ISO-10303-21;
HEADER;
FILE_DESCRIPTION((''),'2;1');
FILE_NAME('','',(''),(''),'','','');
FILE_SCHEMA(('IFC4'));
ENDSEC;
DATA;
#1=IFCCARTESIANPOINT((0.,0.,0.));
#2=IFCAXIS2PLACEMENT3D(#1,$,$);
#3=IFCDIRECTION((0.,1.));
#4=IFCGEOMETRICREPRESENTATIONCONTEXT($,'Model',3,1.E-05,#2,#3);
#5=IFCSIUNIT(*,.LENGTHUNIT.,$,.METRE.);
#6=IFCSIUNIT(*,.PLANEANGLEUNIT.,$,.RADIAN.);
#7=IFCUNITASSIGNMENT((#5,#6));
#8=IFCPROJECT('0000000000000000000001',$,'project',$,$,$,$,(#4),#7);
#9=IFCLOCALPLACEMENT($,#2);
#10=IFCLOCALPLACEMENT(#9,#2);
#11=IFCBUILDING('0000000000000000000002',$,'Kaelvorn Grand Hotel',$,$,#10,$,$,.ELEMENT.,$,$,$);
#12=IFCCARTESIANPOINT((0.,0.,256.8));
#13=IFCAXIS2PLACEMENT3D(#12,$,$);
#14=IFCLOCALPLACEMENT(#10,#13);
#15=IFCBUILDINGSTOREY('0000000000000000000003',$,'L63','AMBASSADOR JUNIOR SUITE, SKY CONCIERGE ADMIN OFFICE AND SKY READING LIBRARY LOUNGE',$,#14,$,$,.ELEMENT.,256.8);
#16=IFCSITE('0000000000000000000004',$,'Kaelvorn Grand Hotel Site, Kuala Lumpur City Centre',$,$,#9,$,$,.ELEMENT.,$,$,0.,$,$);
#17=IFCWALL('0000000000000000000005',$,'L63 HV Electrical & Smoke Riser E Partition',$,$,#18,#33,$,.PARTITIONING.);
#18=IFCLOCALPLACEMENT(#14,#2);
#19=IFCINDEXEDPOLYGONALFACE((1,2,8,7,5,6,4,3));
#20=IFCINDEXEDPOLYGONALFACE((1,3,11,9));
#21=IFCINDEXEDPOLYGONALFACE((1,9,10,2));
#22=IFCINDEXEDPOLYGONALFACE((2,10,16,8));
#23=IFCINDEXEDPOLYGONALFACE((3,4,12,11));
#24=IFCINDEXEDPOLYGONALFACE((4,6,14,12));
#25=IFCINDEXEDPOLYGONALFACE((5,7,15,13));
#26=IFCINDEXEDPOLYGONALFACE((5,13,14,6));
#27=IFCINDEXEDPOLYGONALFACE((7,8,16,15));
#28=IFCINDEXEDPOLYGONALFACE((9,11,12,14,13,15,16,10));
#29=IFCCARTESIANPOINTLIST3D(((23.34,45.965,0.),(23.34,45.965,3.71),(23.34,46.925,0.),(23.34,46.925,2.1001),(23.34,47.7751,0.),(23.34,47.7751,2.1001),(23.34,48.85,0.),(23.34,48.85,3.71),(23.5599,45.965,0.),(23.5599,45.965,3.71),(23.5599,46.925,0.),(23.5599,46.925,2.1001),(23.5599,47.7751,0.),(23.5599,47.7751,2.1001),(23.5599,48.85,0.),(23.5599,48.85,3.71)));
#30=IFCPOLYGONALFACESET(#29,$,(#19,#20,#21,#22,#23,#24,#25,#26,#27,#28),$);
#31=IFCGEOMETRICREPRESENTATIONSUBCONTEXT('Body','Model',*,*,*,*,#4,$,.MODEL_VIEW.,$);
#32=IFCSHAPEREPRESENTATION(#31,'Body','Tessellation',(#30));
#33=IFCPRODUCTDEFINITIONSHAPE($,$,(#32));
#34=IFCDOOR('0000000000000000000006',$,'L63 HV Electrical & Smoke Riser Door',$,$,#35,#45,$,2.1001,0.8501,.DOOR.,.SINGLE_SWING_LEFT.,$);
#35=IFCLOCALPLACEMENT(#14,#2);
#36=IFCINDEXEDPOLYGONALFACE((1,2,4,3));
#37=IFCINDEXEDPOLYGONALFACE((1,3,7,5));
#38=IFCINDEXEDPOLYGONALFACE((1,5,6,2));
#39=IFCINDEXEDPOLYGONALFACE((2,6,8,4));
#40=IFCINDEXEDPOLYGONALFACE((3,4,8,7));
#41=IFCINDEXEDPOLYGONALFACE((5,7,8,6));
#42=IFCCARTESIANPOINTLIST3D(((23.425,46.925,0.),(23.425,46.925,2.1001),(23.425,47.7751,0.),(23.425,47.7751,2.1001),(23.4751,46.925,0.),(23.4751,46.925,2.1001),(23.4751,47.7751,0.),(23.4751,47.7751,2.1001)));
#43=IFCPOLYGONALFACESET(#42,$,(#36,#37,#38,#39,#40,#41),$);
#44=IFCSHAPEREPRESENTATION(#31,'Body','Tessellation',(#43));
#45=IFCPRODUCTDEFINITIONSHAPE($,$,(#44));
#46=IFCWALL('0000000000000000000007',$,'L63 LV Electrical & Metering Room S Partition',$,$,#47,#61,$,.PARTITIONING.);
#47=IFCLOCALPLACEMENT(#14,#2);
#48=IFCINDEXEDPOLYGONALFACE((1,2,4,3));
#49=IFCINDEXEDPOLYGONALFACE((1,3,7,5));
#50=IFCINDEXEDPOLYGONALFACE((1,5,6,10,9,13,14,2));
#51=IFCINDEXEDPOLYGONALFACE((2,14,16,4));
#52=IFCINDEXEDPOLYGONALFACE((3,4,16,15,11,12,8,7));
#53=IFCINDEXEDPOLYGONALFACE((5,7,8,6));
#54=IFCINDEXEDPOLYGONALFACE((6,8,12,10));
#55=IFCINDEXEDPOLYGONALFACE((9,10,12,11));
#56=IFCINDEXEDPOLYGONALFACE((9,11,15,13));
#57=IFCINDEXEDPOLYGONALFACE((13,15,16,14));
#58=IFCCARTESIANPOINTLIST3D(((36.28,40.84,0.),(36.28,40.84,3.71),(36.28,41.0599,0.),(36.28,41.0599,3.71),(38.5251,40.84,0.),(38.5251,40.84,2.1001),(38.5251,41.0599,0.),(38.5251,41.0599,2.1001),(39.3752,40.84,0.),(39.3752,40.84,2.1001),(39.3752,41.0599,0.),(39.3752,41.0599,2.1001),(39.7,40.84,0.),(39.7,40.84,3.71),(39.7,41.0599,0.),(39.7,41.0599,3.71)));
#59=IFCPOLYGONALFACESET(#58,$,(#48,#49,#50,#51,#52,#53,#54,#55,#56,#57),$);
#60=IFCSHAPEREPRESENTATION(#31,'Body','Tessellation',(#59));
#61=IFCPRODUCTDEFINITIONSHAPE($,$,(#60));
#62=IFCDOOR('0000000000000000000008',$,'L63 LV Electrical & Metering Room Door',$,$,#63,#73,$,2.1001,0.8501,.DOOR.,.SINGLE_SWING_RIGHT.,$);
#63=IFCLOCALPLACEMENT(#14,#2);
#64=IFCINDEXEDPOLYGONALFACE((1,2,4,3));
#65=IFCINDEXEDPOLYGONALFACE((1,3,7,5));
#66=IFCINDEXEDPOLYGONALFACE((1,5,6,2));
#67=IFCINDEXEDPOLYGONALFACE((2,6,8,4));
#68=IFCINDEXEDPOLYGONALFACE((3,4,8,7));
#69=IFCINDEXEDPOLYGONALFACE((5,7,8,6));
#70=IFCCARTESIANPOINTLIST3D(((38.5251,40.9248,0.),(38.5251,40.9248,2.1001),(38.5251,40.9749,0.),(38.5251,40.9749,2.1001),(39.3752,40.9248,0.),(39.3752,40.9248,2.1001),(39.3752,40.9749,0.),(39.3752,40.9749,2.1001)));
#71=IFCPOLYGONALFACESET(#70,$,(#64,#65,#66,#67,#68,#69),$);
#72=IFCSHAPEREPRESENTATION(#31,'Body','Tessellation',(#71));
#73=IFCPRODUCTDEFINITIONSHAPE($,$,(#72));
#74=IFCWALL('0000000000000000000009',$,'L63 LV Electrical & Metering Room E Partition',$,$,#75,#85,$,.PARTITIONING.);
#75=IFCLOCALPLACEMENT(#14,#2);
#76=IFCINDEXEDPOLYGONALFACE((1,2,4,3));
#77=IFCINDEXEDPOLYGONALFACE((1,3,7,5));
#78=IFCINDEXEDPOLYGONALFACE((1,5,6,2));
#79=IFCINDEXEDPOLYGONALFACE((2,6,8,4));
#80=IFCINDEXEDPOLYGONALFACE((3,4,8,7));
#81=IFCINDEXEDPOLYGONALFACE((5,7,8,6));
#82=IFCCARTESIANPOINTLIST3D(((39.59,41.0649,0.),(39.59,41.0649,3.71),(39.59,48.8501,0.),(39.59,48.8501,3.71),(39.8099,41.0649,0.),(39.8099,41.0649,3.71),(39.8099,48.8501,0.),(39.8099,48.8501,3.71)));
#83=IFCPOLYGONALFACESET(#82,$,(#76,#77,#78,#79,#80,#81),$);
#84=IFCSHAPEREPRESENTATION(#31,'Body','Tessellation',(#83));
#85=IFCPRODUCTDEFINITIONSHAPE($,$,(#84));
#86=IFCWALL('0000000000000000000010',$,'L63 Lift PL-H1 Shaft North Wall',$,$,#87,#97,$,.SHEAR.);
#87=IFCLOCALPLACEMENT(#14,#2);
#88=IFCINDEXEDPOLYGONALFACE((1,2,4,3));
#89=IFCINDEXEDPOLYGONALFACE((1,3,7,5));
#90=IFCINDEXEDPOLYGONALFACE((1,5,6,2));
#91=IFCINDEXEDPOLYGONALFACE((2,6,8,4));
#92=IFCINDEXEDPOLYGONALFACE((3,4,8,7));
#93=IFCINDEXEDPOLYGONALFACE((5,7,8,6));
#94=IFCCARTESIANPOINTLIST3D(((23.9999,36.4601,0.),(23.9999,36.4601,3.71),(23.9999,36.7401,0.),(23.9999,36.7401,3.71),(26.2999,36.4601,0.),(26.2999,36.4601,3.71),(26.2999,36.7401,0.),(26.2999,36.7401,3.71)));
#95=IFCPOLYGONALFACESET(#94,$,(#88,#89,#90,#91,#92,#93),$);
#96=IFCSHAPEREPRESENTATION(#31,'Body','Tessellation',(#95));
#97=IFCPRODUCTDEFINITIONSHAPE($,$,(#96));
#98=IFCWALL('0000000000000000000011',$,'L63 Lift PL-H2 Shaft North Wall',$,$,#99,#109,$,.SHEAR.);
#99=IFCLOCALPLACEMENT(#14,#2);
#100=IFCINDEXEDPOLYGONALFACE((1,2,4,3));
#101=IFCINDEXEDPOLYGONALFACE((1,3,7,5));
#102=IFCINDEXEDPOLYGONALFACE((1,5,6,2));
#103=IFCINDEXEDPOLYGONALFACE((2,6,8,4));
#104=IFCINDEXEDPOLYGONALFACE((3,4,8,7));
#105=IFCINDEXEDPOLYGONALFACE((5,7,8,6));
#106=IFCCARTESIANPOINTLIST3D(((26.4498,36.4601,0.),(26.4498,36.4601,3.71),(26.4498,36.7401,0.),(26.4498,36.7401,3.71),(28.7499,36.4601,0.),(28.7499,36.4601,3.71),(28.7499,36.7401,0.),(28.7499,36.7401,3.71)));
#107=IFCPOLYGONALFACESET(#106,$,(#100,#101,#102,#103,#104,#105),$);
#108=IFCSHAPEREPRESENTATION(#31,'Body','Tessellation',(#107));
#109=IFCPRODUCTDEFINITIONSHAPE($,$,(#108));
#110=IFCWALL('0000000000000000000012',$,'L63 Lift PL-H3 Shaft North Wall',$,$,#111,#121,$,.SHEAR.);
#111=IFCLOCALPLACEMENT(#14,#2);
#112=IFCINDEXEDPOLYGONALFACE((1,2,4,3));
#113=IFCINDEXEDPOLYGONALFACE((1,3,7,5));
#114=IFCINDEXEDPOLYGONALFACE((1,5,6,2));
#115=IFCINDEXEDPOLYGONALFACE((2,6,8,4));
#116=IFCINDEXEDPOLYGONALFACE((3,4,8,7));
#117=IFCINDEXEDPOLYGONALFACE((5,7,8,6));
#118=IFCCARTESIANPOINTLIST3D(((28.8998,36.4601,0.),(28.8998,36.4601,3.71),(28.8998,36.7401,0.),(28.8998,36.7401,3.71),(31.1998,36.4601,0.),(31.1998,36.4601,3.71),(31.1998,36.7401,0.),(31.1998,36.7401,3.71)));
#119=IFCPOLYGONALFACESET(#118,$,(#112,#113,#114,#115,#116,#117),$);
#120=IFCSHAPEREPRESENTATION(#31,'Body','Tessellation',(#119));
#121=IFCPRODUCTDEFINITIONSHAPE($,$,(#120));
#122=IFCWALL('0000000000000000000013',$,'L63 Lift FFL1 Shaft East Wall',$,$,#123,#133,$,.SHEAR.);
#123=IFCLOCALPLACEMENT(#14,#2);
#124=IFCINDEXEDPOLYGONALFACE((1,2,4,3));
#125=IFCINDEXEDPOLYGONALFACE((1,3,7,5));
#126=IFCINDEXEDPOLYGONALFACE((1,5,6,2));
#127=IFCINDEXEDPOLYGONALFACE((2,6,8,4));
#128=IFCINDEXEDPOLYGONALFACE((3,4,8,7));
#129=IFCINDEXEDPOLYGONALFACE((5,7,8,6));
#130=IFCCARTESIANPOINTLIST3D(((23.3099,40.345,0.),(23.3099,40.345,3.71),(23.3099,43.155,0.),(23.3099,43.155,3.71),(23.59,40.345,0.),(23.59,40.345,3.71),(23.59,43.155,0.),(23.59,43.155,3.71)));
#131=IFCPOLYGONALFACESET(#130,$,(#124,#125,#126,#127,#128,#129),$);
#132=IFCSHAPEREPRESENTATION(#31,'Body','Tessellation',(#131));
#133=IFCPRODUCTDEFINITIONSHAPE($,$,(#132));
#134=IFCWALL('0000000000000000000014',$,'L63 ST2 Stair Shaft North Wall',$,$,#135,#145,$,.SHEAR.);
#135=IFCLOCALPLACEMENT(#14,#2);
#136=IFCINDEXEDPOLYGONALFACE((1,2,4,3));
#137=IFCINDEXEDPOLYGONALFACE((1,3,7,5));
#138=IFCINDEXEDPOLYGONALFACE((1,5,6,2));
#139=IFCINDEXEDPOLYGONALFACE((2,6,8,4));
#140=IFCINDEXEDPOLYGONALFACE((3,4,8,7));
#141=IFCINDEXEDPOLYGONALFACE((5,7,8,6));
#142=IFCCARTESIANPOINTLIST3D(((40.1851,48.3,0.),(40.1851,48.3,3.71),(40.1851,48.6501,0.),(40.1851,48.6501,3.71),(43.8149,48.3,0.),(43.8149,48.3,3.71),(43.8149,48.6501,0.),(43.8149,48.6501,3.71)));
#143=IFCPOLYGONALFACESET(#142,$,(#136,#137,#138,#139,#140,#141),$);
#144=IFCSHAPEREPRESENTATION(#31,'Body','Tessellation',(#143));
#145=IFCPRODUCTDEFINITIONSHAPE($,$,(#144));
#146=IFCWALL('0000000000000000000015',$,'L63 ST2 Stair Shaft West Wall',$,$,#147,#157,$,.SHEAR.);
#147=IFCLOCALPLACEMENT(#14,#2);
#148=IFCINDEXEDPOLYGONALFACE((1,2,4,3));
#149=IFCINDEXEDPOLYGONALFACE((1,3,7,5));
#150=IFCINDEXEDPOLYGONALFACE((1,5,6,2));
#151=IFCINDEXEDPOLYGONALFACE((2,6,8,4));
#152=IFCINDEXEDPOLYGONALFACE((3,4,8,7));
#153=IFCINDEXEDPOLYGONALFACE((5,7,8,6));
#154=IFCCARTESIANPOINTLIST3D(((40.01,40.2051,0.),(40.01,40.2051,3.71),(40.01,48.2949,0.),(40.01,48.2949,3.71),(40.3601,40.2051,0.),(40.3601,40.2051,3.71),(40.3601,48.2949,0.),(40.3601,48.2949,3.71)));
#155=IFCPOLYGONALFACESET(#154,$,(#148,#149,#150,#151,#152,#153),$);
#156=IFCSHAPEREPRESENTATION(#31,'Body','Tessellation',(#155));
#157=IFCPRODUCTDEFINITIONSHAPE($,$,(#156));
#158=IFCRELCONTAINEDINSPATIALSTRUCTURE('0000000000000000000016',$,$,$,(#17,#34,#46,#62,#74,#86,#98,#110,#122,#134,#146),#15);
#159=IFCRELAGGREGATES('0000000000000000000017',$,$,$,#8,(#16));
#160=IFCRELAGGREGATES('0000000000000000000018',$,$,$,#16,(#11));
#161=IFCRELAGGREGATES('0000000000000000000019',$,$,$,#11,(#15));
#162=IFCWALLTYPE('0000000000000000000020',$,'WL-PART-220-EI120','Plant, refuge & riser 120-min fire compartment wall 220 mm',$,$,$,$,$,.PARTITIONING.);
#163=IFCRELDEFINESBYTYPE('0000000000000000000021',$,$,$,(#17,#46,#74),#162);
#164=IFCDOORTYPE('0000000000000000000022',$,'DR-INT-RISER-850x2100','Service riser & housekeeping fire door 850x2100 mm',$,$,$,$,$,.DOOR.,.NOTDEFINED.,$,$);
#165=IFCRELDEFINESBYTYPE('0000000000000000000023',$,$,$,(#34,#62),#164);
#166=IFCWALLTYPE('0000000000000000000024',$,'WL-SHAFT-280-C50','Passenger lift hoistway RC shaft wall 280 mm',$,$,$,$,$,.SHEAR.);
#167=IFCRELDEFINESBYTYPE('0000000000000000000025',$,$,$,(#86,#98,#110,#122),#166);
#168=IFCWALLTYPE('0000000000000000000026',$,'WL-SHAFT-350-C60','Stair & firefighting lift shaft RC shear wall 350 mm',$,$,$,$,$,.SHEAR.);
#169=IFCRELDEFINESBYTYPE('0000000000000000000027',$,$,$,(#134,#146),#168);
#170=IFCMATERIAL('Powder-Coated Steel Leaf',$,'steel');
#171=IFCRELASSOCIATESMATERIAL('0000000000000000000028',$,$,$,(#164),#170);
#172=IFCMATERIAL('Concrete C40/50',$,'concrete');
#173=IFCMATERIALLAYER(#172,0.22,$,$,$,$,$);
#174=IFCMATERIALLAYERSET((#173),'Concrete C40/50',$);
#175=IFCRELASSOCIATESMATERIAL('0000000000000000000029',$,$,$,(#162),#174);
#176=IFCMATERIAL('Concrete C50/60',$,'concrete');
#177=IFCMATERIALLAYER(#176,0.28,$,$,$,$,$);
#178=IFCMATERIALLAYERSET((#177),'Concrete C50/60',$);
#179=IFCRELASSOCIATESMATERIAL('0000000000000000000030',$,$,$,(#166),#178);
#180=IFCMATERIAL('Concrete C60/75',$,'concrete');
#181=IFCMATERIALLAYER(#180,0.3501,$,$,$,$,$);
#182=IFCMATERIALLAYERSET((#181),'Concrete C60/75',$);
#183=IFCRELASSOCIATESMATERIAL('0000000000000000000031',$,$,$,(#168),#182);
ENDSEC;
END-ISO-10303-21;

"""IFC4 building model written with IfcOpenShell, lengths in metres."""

from ifc_helpers import new_model, si_unit, direction, frame, frame_2d, origin, place, context, subcontext, project, spatial, rectangle, extrude, material, layer, layer_set, type_object, element, fill, save


model = new_model("IFC4")

# Units and contexts
model_context = context("Model", 3, precision=1e-05, world=origin(), true_north=direction((0.0, 1.0)))
body_context = subcontext(model_context, "Body", "Model", "MODEL_VIEW")
ifc_project = project(units=[si_unit("LENGTHUNIT", "METRE"), si_unit("PLANEANGLEUNIT", "RADIAN")], contexts=[model_context])

# Site, building, storey
site_placement = place(None, origin())
site = spatial("IfcSite", under=ifc_project, at=site_placement, Name="Kaelvorn Grand Hotel Site, Kuala Lumpur City Centre", CompositionType="ELEMENT", RefElevation=0.0)
building_placement = place(site_placement, origin())
building = spatial("IfcBuilding", under=site, at=building_placement, Name="Kaelvorn Grand Hotel", CompositionType="ELEMENT")
storey_placement = place(building_placement, frame((0.0, 0.0, 256.8)))
storey = spatial("IfcBuildingStorey", under=building, at=storey_placement, Name="L63", Description="AMBASSADOR JUNIOR SUITE, SKY CONCIERGE ADMIN OFFICE AND SKY READING LIBRARY LOUNGE", CompositionType="ELEMENT", Elevation=256.8)

# Shared definitions
ifc_material_1 = material(Name="Concrete C50/60", Category="concrete")

# Shared definitions
ifc_material_2 = material(Name="Powder-Coated Steel Leaf", Category="steel")
door_type_1 = type_object("IfcDoorType", Name="DR-INT-RISER-850x2100", Description="Service riser & housekeeping fire door 850x2100 mm", OperationType="NOTDEFINED", PredefinedType="DOOR", material=ifc_material_2)

# Walls, openings, doors
ifc_material_3 = material(Name="Concrete C40/50", Category="concrete")
ifc_layer_1 = layer(ifc_material_3, 0.22)
ifc_layer_set_1 = layer_set([ifc_layer_1], Name="Concrete C40/50")
wall_type_1 = type_object("IfcWallType", Name="WL-PART-220-EI120", Description="Plant, refuge & riser 120-min fire compartment wall 220 mm", PredefinedType="PARTITIONING", material=ifc_layer_set_1)
wall_1_placement = place(storey_placement, frame((23.45, 45.9651, 0.0), z_axis=(0.0, 0.0, 1.0), x_axis=(0.0, 1.0, 0.0)))
wall_1 = element("IfcWall", 1, at=wall_1_placement, inside=storey, type_object=wall_type_1, Name="L63 HV Electrical & Smoke Riser E Partition", PredefinedType="PARTITIONING", context=body_context, shape_type="SweptSolid", body=[
    extrude(rectangle(XDim=2.885, YDim=0.22, at=frame_2d((1.4424, 0.0))), origin(), (0.0, 0.0, 1.0), 3.71),
])
opening_1_placement = place(wall_1_placement, frame((0.96, 0.0, 0.0)))
opening_1 = element("IfcOpeningElement", 2, at=opening_1_placement, cuts=wall_1, PredefinedType="OPENING", context=body_context, shape_type="SweptSolid", body=[
    extrude(rectangle(XDim=0.8501, YDim=2.1001, at=frame_2d((0.425, 1.05))), frame((0.0, 0.1201, 0.0), z_axis=(0.0, -1.0, 0.0), x_axis=(1.0, 0.0, 0.0)), (0.0, 0.0, 1.0), 0.24),
])
door_1_placement = place(opening_1_placement, origin())
door_1 = element("IfcDoor", 3, at=door_1_placement, inside=storey, type_object=door_type_1, Name="L63 HV Electrical & Smoke Riser Door", OperationType="SINGLE_SWING_LEFT", OverallHeight=2.1001, OverallWidth=0.8501, PredefinedType="DOOR", context=body_context, shape_type="SweptSolid", body=[
    extrude(rectangle(XDim=0.8501, YDim=2.1001, at=frame_2d((0.425, 1.05))), frame((0.0, 0.0249, 0.0), z_axis=(0.0, -1.0, 0.0), x_axis=(1.0, 0.0, 0.0)), (0.0, 0.0, 1.0), 0.05),
])
fill(opening_1, door_1)
wall_2_placement = place(storey_placement, frame((36.28, 40.95, 0.0), z_axis=(0.0, 0.0, 1.0), x_axis=(1.0, 0.0, 0.0)))
wall_2 = element("IfcWall", 4, at=wall_2_placement, inside=storey, type_object=wall_type_1, Name="L63 LV Electrical & Metering Room S Partition", PredefinedType="PARTITIONING", context=body_context, shape_type="SweptSolid", body=[
    extrude(rectangle(XDim=3.4199, YDim=0.22, at=frame_2d((1.71, 0.0))), origin(), (0.0, 0.0, 1.0), 3.71),
])
opening_2_placement = place(wall_2_placement, frame((2.2451, 0.0, 0.0)))
opening_2 = element("IfcOpeningElement", 5, at=opening_2_placement, cuts=wall_2, PredefinedType="OPENING", context=body_context, shape_type="SweptSolid", body=[
    extrude(rectangle(XDim=0.8501, YDim=2.1001, at=frame_2d((0.425, 1.05))), frame((0.0, 0.1201, 0.0), z_axis=(0.0, -1.0, 0.0), x_axis=(1.0, 0.0, 0.0)), (0.0, 0.0, 1.0), 0.24),
])
door_2_placement = place(opening_2_placement, origin())
door_2 = element("IfcDoor", 6, at=door_2_placement, inside=storey, type_object=door_type_1, Name="L63 LV Electrical & Metering Room Door", OperationType="SINGLE_SWING_RIGHT", OverallHeight=2.1001, OverallWidth=0.8501, PredefinedType="DOOR", context=body_context, shape_type="SweptSolid", body=[
    extrude(rectangle(XDim=0.8501, YDim=2.1001, at=frame_2d((0.425, 1.05))), frame((0.0, 0.0249, 0.0), z_axis=(0.0, -1.0, 0.0), x_axis=(1.0, 0.0, 0.0)), (0.0, 0.0, 1.0), 0.05),
])
fill(opening_2, door_2)

# Walls
wall_3_placement = place(storey_placement, frame((39.7, 41.0649, 0.0), z_axis=(0.0, 0.0, 1.0), x_axis=(0.0, 1.0, 0.0)))
element("IfcWall", 7, at=wall_3_placement, inside=storey, type_object=wall_type_1, Name="L63 LV Electrical & Metering Room E Partition", PredefinedType="PARTITIONING", context=body_context, shape_type="SweptSolid", body=[
    extrude(rectangle(XDim=7.7852, YDim=0.22, at=frame_2d((3.8926, 0.0))), origin(), (0.0, 0.0, 1.0), 3.71),
])
ifc_layer_2 = layer(ifc_material_1, 0.28)
ifc_layer_set_2 = layer_set([ifc_layer_2], Name="Concrete C50/60")
wall_type_2 = type_object("IfcWallType", Name="WL-SHAFT-280-C50", Description="Passenger lift hoistway RC shaft wall 280 mm", PredefinedType="SHEAR", material=ifc_layer_set_2)
for number, where, z_axis, x_axis, name in (
    (8, (24.0, 36.6001, 0.0), (0.0, 0.0, 1.0), (1.0, 0.0, 0.0), "L63 Lift PL-H1 Shaft North Wall"),
    (9, (26.45, 36.6001, 0.0), (0.0, 0.0, 1.0), (1.0, 0.0, 0.0), "L63 Lift PL-H2 Shaft North Wall"),
    (10, (28.8999, 36.6001, 0.0), (0.0, 0.0, 1.0), (1.0, 0.0, 0.0), "L63 Lift PL-H3 Shaft North Wall"),
):
    element("IfcWall", number, at=place(storey_placement, frame(where, z_axis=z_axis, x_axis=x_axis)), inside=storey, type_object=wall_type_2, Name=name, PredefinedType="SHEAR", context=body_context, shape_type="SweptSolid", body=[
        extrude(rectangle(XDim=2.3, YDim=0.28, at=frame_2d((1.1499, 0.0))), origin(), (0.0, 0.0, 1.0), 3.71),
    ])
wall_4_placement = place(storey_placement, frame((23.45, 40.345, 0.0), z_axis=(0.0, 0.0, 1.0), x_axis=(0.0, 1.0, 0.0)))
element("IfcWall", 11, at=wall_4_placement, inside=storey, type_object=wall_type_2, Name="L63 Lift FFL1 Shaft East Wall", PredefinedType="SHEAR", context=body_context, shape_type="SweptSolid", body=[
    extrude(rectangle(XDim=2.8101, YDim=0.28, at=frame_2d((1.405, 0.0))), origin(), (0.0, 0.0, 1.0), 3.71),
])

# Shared definitions
ifc_material_4 = material(Name="Concrete C60/75", Category="concrete")
ifc_layer_3 = layer(ifc_material_4, 0.3501)
ifc_layer_set_3 = layer_set([ifc_layer_3], Name="Concrete C60/75")
wall_type_3 = type_object("IfcWallType", Name="WL-SHAFT-350-C60", Description="Stair & firefighting lift shaft RC shear wall 350 mm", PredefinedType="SHEAR", material=ifc_layer_set_3)

# Walls
wall_5_placement = place(storey_placement, frame((40.1851, 48.4751, 0.0), z_axis=(0.0, 0.0, 1.0), x_axis=(1.0, 0.0, 0.0)))
element("IfcWall", 12, at=wall_5_placement, inside=storey, type_object=wall_type_3, Name="L63 ST2 Stair Shaft North Wall", PredefinedType="SHEAR", context=body_context, shape_type="SweptSolid", body=[
    extrude(rectangle(XDim=3.6299, YDim=0.3501, at=frame_2d((1.8149, 0.0))), origin(), (0.0, 0.0, 1.0), 3.71),
])
wall_6_placement = place(storey_placement, frame((40.1851, 40.2051, 0.0), z_axis=(0.0, 0.0, 1.0), x_axis=(0.0, 1.0, 0.0)))
element("IfcWall", 13, at=wall_6_placement, inside=storey, type_object=wall_type_3, Name="L63 ST2 Stair Shaft West Wall", PredefinedType="SHEAR", context=body_context, shape_type="SweptSolid", body=[
    extrude(rectangle(XDim=8.0898, YDim=0.3501, at=frame_2d((4.0449, 0.0))), origin(), (0.0, 0.0, 1.0), 3.71),
])

save(model, "model.ifc")
